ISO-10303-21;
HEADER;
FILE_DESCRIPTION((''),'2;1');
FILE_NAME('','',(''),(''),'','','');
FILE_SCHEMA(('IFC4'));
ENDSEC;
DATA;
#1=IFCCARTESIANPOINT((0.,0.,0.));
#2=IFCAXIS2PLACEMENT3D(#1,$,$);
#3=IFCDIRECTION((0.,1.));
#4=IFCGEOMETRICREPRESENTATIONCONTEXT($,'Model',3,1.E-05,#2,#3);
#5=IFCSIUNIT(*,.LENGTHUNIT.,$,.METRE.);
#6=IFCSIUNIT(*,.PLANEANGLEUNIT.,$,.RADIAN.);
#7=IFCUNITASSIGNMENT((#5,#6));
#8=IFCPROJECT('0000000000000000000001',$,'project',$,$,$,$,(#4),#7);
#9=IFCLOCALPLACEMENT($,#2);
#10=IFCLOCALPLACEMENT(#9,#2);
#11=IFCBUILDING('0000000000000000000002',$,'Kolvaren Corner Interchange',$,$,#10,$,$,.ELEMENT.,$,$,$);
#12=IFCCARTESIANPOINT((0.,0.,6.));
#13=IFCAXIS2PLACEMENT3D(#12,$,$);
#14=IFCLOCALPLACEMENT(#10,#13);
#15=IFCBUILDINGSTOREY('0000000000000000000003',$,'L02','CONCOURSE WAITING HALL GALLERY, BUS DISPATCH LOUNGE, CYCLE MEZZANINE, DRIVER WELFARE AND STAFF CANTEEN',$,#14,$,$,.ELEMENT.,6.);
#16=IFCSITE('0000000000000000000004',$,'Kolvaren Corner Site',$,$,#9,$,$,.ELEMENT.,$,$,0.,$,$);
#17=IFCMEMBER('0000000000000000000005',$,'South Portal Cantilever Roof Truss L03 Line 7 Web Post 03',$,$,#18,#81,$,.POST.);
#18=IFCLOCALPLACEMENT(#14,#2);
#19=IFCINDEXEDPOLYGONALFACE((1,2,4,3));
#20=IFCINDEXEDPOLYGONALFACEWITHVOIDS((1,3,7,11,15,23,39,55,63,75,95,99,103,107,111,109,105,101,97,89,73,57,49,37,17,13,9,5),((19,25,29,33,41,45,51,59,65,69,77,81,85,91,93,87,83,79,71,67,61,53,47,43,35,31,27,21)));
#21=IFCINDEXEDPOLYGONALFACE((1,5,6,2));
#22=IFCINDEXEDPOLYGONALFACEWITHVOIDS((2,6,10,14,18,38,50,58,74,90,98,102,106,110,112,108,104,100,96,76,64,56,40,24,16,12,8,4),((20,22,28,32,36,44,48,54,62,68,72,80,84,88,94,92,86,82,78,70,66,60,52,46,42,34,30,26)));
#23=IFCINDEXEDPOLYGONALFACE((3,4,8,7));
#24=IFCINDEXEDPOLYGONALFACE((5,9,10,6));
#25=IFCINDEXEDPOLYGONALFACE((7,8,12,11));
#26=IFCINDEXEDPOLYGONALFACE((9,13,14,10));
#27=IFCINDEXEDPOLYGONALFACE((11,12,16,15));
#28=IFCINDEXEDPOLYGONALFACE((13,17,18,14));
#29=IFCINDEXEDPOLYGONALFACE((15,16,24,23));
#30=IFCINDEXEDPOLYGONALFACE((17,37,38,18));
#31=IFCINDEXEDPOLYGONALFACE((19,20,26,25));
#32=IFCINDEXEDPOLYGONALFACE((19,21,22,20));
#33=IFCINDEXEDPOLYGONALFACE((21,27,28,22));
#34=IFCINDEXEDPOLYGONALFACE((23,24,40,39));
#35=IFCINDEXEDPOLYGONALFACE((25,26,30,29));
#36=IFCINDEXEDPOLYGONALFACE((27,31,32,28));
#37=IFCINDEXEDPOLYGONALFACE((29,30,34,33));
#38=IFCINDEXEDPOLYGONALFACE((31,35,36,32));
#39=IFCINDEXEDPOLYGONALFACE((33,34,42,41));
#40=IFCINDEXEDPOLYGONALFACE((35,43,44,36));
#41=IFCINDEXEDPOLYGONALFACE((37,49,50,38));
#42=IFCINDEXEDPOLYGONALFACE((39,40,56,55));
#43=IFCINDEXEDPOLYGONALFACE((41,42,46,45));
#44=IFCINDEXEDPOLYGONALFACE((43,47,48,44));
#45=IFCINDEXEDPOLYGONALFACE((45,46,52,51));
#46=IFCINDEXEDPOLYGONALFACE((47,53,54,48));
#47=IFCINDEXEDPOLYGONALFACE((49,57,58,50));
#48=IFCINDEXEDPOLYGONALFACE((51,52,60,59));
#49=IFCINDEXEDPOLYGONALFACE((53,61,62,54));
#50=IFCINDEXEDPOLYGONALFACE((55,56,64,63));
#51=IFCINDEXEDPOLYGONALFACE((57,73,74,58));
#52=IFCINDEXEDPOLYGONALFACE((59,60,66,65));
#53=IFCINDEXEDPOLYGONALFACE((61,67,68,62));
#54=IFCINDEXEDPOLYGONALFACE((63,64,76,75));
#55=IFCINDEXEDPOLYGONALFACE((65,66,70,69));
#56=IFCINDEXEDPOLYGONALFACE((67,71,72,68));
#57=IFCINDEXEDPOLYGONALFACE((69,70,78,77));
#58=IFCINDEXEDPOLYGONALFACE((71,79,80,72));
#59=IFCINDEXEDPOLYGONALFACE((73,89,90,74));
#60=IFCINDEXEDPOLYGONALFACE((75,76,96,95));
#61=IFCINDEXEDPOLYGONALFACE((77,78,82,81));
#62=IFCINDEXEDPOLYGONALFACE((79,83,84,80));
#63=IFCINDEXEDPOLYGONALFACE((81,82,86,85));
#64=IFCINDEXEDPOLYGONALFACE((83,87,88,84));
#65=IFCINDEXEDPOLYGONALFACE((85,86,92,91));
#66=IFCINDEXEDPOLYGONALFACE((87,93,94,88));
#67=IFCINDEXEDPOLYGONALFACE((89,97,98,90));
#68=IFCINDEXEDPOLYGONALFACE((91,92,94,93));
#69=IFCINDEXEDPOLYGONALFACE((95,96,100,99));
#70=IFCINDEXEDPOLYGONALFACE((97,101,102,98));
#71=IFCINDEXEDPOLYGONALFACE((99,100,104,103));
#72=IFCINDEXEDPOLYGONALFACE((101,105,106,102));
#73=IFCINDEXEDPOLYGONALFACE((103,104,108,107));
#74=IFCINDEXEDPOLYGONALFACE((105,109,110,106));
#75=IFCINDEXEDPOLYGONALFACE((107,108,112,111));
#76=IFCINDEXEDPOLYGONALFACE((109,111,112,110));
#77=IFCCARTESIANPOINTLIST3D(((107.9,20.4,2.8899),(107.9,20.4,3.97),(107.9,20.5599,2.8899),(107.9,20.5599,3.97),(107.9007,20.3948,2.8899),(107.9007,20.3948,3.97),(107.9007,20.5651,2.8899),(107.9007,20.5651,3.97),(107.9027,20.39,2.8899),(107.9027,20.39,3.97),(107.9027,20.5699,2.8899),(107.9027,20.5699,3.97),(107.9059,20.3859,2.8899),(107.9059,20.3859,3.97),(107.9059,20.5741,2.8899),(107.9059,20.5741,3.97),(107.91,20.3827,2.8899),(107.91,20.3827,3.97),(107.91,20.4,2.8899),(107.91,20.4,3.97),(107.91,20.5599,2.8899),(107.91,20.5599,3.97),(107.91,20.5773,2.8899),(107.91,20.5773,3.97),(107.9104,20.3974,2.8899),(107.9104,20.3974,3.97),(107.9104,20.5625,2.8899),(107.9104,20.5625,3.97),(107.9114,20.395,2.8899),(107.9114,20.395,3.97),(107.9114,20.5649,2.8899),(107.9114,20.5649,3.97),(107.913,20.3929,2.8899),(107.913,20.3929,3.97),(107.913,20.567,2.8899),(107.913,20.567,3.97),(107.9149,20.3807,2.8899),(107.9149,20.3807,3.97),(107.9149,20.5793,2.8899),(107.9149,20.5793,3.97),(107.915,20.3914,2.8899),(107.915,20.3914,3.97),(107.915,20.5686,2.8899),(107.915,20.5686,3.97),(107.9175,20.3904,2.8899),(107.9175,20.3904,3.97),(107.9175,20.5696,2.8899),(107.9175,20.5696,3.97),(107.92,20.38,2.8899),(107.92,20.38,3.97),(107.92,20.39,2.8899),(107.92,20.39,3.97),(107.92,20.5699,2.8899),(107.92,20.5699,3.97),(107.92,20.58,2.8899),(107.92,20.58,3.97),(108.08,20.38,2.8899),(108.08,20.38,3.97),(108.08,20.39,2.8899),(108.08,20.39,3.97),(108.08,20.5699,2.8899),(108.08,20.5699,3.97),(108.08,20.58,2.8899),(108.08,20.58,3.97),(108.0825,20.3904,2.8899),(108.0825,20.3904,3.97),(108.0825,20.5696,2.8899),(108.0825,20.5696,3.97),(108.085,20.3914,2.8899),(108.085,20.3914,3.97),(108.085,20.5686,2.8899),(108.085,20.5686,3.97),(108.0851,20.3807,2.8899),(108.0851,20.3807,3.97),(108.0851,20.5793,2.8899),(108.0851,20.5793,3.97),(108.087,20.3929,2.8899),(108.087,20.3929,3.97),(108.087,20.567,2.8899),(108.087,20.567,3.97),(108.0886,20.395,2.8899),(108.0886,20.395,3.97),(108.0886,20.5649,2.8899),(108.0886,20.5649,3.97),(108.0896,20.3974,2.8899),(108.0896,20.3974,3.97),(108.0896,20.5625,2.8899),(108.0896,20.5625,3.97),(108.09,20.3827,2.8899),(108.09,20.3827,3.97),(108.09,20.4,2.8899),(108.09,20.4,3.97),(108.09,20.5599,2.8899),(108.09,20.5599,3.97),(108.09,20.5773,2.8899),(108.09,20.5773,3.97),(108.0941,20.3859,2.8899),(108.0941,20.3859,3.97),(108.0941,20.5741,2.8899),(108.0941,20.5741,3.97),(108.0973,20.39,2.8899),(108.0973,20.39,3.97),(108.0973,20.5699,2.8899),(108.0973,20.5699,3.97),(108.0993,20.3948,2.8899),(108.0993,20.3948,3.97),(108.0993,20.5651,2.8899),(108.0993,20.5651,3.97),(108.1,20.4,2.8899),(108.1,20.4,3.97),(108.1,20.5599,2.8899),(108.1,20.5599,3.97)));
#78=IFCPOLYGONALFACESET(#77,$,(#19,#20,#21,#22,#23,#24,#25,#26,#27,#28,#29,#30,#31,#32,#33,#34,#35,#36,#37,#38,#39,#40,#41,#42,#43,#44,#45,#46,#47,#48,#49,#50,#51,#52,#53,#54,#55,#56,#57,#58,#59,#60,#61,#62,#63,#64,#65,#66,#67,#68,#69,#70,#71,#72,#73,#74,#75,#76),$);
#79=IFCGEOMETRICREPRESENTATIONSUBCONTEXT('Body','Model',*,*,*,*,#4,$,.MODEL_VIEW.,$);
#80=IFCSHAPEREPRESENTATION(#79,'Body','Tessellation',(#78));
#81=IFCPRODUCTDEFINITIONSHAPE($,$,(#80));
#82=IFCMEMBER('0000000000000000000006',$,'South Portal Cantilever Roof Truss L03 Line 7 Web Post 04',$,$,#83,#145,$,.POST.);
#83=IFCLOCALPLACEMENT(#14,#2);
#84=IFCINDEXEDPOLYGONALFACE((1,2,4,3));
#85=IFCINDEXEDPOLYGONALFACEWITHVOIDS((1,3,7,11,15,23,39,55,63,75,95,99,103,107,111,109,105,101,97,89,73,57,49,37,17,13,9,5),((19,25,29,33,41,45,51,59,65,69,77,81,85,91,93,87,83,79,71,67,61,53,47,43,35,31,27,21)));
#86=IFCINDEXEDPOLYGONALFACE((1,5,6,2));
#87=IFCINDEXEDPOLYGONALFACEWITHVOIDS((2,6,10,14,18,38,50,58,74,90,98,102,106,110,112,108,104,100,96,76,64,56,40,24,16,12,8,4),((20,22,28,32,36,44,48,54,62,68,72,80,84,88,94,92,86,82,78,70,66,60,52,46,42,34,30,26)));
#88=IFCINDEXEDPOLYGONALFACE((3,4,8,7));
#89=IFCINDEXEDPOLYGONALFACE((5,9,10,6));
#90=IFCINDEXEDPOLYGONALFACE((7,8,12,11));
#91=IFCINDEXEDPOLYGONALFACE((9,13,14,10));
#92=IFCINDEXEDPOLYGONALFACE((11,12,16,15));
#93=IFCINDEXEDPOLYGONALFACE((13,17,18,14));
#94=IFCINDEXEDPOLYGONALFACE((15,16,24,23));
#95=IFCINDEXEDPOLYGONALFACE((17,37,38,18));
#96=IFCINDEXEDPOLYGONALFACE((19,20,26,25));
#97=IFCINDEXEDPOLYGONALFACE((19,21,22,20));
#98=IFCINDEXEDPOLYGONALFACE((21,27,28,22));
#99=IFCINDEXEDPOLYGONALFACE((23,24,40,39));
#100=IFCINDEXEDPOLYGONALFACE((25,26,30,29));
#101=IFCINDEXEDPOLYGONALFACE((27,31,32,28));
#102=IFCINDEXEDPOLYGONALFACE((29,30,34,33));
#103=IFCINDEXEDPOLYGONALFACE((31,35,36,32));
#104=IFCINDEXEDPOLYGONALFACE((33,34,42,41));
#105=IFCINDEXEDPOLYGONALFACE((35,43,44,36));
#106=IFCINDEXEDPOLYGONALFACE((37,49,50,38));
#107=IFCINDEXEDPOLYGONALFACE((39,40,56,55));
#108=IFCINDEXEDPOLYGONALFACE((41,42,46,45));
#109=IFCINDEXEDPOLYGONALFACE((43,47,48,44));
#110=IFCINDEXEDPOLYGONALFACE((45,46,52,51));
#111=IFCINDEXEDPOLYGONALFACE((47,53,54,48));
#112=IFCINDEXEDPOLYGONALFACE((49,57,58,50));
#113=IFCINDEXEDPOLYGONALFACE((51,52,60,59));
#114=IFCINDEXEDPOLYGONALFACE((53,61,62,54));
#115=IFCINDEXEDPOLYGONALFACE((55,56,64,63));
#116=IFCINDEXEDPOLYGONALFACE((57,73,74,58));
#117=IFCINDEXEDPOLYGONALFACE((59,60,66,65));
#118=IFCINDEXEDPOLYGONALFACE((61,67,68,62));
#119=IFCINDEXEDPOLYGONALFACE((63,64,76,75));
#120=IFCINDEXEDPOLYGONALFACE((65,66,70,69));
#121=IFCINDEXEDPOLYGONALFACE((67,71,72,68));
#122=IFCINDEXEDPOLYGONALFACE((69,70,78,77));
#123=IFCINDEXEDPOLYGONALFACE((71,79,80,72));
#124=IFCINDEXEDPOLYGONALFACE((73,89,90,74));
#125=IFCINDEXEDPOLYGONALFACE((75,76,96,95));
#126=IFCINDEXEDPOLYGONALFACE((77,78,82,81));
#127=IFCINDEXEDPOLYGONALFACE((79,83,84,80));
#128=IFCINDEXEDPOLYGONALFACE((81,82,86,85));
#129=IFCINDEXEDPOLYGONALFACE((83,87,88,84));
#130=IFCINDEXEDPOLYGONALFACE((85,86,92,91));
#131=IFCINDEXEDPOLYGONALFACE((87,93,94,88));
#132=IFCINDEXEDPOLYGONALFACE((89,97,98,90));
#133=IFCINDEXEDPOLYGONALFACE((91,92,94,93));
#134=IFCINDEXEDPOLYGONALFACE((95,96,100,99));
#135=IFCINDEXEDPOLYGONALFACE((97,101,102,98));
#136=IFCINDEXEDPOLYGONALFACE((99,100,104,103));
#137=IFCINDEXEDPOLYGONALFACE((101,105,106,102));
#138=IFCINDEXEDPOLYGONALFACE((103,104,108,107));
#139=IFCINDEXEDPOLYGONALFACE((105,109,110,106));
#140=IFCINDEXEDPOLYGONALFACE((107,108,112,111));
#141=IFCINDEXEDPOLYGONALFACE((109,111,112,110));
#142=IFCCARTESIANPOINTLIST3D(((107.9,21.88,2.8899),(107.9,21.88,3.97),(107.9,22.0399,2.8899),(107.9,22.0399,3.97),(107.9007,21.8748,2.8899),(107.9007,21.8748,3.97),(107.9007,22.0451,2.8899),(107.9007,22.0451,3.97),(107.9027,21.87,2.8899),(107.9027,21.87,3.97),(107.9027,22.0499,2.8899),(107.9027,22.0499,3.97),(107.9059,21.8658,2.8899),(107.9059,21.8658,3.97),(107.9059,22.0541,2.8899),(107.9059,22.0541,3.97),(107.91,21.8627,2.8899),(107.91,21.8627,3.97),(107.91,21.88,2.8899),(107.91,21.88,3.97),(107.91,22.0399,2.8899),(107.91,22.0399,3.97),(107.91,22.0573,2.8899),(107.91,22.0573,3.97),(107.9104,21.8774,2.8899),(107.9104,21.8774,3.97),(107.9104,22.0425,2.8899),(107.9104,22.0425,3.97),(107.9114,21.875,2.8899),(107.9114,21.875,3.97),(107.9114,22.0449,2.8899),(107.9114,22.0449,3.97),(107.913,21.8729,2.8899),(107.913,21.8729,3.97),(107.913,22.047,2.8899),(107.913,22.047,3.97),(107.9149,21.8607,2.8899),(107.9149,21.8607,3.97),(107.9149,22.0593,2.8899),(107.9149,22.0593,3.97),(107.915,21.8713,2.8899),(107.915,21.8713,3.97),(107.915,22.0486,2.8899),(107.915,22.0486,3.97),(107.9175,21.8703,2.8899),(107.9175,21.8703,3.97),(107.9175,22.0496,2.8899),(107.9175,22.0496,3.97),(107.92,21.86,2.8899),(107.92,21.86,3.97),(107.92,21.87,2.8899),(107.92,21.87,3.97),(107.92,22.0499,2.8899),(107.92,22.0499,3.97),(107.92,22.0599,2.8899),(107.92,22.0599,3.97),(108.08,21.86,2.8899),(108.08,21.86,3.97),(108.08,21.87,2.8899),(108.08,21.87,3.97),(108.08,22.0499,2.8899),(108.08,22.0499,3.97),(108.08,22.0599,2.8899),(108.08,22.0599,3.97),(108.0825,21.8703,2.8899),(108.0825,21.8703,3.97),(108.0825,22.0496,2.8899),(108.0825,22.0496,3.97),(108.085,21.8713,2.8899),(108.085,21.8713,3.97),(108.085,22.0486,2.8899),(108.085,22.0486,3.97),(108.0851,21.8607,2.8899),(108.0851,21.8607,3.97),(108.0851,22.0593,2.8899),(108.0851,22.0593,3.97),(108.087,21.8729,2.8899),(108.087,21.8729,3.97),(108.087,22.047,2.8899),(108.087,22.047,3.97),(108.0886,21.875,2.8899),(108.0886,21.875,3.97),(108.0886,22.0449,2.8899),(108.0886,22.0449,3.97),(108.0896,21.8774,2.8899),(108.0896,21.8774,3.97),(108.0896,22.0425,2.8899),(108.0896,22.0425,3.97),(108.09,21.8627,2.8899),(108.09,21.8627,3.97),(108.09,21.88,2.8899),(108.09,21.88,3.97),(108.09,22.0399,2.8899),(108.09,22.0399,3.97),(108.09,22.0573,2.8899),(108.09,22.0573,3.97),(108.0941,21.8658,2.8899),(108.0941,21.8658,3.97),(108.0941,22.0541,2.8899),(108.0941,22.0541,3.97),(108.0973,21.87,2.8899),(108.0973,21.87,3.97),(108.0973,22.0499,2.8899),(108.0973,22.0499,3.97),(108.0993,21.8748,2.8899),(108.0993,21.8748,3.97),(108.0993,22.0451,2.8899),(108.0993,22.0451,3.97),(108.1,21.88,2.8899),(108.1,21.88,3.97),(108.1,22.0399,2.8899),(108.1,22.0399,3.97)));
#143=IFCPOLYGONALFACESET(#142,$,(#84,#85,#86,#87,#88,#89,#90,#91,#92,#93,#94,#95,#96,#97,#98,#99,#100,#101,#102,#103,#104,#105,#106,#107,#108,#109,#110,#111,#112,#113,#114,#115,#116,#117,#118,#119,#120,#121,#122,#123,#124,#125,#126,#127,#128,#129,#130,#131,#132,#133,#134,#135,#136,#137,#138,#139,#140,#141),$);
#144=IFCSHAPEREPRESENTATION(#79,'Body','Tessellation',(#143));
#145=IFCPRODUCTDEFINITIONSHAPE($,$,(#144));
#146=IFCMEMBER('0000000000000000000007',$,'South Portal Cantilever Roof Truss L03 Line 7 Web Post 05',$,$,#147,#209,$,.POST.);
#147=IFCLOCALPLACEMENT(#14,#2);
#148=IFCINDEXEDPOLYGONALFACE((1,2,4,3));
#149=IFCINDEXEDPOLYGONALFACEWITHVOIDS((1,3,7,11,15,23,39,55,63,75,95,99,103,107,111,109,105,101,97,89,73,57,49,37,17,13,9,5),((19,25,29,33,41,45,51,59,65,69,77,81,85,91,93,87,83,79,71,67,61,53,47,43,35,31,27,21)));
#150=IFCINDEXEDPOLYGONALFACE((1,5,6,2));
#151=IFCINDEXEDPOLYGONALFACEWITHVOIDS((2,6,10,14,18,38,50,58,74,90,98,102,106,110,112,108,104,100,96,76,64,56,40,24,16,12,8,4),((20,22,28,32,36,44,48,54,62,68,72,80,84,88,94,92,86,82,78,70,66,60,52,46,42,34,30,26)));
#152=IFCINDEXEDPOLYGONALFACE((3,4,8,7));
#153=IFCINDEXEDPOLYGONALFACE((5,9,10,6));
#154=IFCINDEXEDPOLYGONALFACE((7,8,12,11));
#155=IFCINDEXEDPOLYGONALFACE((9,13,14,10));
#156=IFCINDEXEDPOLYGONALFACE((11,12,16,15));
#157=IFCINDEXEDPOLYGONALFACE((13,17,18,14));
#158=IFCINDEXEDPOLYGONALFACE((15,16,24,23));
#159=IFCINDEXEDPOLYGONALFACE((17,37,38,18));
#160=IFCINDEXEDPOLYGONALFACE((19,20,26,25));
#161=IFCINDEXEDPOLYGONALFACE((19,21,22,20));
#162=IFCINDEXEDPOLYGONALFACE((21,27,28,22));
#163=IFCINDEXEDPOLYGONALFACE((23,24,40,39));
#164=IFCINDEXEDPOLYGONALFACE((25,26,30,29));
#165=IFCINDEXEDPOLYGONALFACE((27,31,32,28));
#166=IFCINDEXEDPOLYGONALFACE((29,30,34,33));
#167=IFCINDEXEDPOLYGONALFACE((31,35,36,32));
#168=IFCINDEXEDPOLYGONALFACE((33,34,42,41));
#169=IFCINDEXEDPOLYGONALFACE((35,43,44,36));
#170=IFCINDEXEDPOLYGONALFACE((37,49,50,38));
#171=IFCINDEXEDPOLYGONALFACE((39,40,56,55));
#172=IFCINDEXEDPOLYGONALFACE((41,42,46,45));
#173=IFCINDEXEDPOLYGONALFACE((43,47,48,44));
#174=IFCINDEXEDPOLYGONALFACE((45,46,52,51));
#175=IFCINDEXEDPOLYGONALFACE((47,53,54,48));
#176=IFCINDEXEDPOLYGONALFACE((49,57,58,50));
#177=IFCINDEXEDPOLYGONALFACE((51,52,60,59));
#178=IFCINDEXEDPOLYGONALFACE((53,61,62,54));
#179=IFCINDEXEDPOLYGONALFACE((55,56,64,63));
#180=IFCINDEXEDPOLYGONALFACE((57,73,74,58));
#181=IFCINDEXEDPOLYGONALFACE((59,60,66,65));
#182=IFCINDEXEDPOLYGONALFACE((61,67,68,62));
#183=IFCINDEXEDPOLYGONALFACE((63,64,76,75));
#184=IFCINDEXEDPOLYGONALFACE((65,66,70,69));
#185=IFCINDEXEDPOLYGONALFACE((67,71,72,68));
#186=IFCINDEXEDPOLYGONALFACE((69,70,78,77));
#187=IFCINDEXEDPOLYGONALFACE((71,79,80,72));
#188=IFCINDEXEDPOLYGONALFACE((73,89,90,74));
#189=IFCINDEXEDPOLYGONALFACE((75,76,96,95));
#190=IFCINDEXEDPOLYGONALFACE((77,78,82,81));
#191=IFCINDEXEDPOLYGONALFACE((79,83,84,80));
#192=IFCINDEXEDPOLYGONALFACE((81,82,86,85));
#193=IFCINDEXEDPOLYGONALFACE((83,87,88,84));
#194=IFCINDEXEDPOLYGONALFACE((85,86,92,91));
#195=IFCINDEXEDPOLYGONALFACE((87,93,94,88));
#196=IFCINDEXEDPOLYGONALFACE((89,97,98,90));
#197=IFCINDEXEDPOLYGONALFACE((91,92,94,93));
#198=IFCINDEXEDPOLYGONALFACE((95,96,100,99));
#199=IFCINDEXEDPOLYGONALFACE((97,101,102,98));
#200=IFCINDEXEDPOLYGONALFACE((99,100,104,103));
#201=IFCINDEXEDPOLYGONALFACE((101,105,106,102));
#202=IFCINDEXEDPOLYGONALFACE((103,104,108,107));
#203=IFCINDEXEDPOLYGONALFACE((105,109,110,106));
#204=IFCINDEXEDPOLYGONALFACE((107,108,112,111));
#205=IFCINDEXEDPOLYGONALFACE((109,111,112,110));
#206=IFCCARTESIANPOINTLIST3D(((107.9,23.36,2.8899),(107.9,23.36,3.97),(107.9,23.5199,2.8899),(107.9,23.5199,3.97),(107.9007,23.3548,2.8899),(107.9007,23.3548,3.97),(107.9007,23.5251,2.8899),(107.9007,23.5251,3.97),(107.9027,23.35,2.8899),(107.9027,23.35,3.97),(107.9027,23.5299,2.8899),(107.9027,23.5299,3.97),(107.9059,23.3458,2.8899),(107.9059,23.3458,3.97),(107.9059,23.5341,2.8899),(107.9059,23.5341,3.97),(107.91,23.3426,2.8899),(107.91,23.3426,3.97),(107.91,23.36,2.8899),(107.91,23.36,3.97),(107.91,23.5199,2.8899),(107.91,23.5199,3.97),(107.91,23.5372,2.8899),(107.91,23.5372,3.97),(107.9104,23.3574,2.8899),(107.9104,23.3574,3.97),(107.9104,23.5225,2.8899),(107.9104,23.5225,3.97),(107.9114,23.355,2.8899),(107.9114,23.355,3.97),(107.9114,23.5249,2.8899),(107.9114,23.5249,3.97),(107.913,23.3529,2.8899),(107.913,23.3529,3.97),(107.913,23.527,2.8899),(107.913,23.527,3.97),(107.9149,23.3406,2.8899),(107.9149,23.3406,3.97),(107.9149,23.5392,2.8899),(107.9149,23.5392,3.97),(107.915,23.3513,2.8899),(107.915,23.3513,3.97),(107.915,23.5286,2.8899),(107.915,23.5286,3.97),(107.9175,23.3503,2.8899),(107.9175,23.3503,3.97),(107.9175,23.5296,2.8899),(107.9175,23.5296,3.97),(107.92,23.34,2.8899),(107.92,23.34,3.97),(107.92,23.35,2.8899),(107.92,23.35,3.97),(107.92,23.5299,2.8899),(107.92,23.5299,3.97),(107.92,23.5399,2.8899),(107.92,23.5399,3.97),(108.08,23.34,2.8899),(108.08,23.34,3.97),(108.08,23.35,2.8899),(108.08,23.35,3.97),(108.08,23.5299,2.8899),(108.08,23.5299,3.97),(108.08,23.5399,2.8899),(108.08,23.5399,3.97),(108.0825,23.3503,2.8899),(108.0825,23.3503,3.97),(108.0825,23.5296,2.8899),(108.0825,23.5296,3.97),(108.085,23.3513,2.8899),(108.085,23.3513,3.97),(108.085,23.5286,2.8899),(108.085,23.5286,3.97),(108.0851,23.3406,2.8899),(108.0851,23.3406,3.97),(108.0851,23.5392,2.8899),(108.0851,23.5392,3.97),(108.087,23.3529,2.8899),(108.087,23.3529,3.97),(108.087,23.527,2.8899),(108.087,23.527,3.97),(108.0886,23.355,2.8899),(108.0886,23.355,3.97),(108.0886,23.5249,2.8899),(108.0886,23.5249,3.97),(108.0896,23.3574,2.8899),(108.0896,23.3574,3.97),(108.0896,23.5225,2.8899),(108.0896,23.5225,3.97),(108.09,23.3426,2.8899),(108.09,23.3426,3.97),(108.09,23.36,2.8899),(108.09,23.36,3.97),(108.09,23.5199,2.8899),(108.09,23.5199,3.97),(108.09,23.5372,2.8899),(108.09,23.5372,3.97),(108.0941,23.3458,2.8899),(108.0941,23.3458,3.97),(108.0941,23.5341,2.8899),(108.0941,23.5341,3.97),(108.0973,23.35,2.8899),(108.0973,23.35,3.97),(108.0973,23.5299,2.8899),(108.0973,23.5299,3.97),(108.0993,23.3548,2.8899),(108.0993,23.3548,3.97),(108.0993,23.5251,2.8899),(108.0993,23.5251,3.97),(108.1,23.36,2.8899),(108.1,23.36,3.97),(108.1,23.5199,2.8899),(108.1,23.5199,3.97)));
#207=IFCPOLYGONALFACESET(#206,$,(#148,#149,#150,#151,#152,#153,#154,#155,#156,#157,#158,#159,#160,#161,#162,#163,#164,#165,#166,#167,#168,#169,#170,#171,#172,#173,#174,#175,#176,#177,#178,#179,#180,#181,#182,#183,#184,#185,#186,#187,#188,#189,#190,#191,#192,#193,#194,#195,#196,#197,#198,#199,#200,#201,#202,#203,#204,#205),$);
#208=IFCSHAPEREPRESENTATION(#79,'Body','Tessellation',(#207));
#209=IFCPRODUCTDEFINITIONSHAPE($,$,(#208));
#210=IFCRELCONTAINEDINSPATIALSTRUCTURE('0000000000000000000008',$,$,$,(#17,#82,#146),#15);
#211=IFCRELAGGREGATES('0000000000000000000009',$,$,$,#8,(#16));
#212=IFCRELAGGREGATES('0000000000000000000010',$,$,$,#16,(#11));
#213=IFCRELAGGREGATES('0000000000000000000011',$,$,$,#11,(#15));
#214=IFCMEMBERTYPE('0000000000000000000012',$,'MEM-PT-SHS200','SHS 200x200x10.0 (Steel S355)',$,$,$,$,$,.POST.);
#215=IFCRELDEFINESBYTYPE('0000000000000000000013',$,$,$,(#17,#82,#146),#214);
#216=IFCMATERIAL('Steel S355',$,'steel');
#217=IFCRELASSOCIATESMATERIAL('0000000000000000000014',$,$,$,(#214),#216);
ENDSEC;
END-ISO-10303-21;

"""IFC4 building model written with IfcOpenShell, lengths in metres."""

from ifc_helpers import new_model, si_unit, direction, frame, origin, origin_2d, place, context, subcontext, project, spatial, hollow_rectangle, extrude, material, material_profile, profile_set, type_object, element, save


model = new_model("IFC4")

# Units and contexts
model_context = context("Model", 3, precision=1e-05, world=origin(), true_north=direction((0.0, 1.0)))
body_context = subcontext(model_context, "Body", "Model", "MODEL_VIEW")
ifc_project = project(units=[si_unit("LENGTHUNIT", "METRE"), si_unit("PLANEANGLEUNIT", "RADIAN")], contexts=[model_context])

# Site, building, storey
site_placement = place(None, origin())
site = spatial("IfcSite", under=ifc_project, at=site_placement, Name="Kolvaren Corner Site", CompositionType="ELEMENT", RefElevation=0.0)
building_placement = place(site_placement, origin())
building = spatial("IfcBuilding", under=site, at=building_placement, Name="Kolvaren Corner Interchange", CompositionType="ELEMENT")
storey_placement = place(building_placement, frame((0.0, 0.0, 6.0)))
storey = spatial("IfcBuildingStorey", under=building, at=storey_placement, Name="L02", Description="CONCOURSE WAITING HALL GALLERY, BUS DISPATCH LOUNGE, CYCLE MEZZANINE, DRIVER WELFARE AND STAFF CANTEEN", CompositionType="ELEMENT", Elevation=6.0)

# Members
ifc_material_1 = material(Name="Steel S355", Category="steel")
ifc_material_profile_1 = material_profile(ifc_material_1, hollow_rectangle(XDim=0.2, YDim=0.2, WallThickness=0.01, InnerFilletRadius=0.01, OuterFilletRadius=0.02, at=origin_2d()), Name="SHS 200x200x10.0")
ifc_profile_set_1 = profile_set([ifc_material_profile_1], Name="Steel S355")
member_type_1 = type_object("IfcMemberType", Name="MEM-PT-SHS200", Description="SHS 200x200x10.0 (Steel S355)", PredefinedType="POST", material=ifc_profile_set_1)
for number, where, z_axis, x_axis, name in (
    (1, (108.0, 20.48, 2.8899), (0.0, 0.0, 1.0), (1.0, 0.0, 0.0), "South Portal Cantilever Roof Truss L03 Line 7 Web Post 03"),
    (2, (108.0, 21.96, 2.8899), (0.0, 0.0, 1.0), (1.0, 0.0, 0.0), "South Portal Cantilever Roof Truss L03 Line 7 Web Post 04"),
    (3, (108.0, 23.4399, 2.8899), (0.0, 0.0, 1.0), (1.0, 0.0, 0.0), "South Portal Cantilever Roof Truss L03 Line 7 Web Post 05"),
):
    element("IfcMember", number, at=place(storey_placement, frame(where, z_axis=z_axis, x_axis=x_axis)), inside=storey, type_object=member_type_1, Name=name, PredefinedType="POST", context=body_context, shape_type="SweptSolid", body=[
        extrude(hollow_rectangle(XDim=0.2, YDim=0.2, WallThickness=0.01, InnerFilletRadius=0.01, OuterFilletRadius=0.02, at=origin_2d()), origin(), (0.0, 0.0, 1.0), 1.0801),
    ])

save(model, "model.ifc")
